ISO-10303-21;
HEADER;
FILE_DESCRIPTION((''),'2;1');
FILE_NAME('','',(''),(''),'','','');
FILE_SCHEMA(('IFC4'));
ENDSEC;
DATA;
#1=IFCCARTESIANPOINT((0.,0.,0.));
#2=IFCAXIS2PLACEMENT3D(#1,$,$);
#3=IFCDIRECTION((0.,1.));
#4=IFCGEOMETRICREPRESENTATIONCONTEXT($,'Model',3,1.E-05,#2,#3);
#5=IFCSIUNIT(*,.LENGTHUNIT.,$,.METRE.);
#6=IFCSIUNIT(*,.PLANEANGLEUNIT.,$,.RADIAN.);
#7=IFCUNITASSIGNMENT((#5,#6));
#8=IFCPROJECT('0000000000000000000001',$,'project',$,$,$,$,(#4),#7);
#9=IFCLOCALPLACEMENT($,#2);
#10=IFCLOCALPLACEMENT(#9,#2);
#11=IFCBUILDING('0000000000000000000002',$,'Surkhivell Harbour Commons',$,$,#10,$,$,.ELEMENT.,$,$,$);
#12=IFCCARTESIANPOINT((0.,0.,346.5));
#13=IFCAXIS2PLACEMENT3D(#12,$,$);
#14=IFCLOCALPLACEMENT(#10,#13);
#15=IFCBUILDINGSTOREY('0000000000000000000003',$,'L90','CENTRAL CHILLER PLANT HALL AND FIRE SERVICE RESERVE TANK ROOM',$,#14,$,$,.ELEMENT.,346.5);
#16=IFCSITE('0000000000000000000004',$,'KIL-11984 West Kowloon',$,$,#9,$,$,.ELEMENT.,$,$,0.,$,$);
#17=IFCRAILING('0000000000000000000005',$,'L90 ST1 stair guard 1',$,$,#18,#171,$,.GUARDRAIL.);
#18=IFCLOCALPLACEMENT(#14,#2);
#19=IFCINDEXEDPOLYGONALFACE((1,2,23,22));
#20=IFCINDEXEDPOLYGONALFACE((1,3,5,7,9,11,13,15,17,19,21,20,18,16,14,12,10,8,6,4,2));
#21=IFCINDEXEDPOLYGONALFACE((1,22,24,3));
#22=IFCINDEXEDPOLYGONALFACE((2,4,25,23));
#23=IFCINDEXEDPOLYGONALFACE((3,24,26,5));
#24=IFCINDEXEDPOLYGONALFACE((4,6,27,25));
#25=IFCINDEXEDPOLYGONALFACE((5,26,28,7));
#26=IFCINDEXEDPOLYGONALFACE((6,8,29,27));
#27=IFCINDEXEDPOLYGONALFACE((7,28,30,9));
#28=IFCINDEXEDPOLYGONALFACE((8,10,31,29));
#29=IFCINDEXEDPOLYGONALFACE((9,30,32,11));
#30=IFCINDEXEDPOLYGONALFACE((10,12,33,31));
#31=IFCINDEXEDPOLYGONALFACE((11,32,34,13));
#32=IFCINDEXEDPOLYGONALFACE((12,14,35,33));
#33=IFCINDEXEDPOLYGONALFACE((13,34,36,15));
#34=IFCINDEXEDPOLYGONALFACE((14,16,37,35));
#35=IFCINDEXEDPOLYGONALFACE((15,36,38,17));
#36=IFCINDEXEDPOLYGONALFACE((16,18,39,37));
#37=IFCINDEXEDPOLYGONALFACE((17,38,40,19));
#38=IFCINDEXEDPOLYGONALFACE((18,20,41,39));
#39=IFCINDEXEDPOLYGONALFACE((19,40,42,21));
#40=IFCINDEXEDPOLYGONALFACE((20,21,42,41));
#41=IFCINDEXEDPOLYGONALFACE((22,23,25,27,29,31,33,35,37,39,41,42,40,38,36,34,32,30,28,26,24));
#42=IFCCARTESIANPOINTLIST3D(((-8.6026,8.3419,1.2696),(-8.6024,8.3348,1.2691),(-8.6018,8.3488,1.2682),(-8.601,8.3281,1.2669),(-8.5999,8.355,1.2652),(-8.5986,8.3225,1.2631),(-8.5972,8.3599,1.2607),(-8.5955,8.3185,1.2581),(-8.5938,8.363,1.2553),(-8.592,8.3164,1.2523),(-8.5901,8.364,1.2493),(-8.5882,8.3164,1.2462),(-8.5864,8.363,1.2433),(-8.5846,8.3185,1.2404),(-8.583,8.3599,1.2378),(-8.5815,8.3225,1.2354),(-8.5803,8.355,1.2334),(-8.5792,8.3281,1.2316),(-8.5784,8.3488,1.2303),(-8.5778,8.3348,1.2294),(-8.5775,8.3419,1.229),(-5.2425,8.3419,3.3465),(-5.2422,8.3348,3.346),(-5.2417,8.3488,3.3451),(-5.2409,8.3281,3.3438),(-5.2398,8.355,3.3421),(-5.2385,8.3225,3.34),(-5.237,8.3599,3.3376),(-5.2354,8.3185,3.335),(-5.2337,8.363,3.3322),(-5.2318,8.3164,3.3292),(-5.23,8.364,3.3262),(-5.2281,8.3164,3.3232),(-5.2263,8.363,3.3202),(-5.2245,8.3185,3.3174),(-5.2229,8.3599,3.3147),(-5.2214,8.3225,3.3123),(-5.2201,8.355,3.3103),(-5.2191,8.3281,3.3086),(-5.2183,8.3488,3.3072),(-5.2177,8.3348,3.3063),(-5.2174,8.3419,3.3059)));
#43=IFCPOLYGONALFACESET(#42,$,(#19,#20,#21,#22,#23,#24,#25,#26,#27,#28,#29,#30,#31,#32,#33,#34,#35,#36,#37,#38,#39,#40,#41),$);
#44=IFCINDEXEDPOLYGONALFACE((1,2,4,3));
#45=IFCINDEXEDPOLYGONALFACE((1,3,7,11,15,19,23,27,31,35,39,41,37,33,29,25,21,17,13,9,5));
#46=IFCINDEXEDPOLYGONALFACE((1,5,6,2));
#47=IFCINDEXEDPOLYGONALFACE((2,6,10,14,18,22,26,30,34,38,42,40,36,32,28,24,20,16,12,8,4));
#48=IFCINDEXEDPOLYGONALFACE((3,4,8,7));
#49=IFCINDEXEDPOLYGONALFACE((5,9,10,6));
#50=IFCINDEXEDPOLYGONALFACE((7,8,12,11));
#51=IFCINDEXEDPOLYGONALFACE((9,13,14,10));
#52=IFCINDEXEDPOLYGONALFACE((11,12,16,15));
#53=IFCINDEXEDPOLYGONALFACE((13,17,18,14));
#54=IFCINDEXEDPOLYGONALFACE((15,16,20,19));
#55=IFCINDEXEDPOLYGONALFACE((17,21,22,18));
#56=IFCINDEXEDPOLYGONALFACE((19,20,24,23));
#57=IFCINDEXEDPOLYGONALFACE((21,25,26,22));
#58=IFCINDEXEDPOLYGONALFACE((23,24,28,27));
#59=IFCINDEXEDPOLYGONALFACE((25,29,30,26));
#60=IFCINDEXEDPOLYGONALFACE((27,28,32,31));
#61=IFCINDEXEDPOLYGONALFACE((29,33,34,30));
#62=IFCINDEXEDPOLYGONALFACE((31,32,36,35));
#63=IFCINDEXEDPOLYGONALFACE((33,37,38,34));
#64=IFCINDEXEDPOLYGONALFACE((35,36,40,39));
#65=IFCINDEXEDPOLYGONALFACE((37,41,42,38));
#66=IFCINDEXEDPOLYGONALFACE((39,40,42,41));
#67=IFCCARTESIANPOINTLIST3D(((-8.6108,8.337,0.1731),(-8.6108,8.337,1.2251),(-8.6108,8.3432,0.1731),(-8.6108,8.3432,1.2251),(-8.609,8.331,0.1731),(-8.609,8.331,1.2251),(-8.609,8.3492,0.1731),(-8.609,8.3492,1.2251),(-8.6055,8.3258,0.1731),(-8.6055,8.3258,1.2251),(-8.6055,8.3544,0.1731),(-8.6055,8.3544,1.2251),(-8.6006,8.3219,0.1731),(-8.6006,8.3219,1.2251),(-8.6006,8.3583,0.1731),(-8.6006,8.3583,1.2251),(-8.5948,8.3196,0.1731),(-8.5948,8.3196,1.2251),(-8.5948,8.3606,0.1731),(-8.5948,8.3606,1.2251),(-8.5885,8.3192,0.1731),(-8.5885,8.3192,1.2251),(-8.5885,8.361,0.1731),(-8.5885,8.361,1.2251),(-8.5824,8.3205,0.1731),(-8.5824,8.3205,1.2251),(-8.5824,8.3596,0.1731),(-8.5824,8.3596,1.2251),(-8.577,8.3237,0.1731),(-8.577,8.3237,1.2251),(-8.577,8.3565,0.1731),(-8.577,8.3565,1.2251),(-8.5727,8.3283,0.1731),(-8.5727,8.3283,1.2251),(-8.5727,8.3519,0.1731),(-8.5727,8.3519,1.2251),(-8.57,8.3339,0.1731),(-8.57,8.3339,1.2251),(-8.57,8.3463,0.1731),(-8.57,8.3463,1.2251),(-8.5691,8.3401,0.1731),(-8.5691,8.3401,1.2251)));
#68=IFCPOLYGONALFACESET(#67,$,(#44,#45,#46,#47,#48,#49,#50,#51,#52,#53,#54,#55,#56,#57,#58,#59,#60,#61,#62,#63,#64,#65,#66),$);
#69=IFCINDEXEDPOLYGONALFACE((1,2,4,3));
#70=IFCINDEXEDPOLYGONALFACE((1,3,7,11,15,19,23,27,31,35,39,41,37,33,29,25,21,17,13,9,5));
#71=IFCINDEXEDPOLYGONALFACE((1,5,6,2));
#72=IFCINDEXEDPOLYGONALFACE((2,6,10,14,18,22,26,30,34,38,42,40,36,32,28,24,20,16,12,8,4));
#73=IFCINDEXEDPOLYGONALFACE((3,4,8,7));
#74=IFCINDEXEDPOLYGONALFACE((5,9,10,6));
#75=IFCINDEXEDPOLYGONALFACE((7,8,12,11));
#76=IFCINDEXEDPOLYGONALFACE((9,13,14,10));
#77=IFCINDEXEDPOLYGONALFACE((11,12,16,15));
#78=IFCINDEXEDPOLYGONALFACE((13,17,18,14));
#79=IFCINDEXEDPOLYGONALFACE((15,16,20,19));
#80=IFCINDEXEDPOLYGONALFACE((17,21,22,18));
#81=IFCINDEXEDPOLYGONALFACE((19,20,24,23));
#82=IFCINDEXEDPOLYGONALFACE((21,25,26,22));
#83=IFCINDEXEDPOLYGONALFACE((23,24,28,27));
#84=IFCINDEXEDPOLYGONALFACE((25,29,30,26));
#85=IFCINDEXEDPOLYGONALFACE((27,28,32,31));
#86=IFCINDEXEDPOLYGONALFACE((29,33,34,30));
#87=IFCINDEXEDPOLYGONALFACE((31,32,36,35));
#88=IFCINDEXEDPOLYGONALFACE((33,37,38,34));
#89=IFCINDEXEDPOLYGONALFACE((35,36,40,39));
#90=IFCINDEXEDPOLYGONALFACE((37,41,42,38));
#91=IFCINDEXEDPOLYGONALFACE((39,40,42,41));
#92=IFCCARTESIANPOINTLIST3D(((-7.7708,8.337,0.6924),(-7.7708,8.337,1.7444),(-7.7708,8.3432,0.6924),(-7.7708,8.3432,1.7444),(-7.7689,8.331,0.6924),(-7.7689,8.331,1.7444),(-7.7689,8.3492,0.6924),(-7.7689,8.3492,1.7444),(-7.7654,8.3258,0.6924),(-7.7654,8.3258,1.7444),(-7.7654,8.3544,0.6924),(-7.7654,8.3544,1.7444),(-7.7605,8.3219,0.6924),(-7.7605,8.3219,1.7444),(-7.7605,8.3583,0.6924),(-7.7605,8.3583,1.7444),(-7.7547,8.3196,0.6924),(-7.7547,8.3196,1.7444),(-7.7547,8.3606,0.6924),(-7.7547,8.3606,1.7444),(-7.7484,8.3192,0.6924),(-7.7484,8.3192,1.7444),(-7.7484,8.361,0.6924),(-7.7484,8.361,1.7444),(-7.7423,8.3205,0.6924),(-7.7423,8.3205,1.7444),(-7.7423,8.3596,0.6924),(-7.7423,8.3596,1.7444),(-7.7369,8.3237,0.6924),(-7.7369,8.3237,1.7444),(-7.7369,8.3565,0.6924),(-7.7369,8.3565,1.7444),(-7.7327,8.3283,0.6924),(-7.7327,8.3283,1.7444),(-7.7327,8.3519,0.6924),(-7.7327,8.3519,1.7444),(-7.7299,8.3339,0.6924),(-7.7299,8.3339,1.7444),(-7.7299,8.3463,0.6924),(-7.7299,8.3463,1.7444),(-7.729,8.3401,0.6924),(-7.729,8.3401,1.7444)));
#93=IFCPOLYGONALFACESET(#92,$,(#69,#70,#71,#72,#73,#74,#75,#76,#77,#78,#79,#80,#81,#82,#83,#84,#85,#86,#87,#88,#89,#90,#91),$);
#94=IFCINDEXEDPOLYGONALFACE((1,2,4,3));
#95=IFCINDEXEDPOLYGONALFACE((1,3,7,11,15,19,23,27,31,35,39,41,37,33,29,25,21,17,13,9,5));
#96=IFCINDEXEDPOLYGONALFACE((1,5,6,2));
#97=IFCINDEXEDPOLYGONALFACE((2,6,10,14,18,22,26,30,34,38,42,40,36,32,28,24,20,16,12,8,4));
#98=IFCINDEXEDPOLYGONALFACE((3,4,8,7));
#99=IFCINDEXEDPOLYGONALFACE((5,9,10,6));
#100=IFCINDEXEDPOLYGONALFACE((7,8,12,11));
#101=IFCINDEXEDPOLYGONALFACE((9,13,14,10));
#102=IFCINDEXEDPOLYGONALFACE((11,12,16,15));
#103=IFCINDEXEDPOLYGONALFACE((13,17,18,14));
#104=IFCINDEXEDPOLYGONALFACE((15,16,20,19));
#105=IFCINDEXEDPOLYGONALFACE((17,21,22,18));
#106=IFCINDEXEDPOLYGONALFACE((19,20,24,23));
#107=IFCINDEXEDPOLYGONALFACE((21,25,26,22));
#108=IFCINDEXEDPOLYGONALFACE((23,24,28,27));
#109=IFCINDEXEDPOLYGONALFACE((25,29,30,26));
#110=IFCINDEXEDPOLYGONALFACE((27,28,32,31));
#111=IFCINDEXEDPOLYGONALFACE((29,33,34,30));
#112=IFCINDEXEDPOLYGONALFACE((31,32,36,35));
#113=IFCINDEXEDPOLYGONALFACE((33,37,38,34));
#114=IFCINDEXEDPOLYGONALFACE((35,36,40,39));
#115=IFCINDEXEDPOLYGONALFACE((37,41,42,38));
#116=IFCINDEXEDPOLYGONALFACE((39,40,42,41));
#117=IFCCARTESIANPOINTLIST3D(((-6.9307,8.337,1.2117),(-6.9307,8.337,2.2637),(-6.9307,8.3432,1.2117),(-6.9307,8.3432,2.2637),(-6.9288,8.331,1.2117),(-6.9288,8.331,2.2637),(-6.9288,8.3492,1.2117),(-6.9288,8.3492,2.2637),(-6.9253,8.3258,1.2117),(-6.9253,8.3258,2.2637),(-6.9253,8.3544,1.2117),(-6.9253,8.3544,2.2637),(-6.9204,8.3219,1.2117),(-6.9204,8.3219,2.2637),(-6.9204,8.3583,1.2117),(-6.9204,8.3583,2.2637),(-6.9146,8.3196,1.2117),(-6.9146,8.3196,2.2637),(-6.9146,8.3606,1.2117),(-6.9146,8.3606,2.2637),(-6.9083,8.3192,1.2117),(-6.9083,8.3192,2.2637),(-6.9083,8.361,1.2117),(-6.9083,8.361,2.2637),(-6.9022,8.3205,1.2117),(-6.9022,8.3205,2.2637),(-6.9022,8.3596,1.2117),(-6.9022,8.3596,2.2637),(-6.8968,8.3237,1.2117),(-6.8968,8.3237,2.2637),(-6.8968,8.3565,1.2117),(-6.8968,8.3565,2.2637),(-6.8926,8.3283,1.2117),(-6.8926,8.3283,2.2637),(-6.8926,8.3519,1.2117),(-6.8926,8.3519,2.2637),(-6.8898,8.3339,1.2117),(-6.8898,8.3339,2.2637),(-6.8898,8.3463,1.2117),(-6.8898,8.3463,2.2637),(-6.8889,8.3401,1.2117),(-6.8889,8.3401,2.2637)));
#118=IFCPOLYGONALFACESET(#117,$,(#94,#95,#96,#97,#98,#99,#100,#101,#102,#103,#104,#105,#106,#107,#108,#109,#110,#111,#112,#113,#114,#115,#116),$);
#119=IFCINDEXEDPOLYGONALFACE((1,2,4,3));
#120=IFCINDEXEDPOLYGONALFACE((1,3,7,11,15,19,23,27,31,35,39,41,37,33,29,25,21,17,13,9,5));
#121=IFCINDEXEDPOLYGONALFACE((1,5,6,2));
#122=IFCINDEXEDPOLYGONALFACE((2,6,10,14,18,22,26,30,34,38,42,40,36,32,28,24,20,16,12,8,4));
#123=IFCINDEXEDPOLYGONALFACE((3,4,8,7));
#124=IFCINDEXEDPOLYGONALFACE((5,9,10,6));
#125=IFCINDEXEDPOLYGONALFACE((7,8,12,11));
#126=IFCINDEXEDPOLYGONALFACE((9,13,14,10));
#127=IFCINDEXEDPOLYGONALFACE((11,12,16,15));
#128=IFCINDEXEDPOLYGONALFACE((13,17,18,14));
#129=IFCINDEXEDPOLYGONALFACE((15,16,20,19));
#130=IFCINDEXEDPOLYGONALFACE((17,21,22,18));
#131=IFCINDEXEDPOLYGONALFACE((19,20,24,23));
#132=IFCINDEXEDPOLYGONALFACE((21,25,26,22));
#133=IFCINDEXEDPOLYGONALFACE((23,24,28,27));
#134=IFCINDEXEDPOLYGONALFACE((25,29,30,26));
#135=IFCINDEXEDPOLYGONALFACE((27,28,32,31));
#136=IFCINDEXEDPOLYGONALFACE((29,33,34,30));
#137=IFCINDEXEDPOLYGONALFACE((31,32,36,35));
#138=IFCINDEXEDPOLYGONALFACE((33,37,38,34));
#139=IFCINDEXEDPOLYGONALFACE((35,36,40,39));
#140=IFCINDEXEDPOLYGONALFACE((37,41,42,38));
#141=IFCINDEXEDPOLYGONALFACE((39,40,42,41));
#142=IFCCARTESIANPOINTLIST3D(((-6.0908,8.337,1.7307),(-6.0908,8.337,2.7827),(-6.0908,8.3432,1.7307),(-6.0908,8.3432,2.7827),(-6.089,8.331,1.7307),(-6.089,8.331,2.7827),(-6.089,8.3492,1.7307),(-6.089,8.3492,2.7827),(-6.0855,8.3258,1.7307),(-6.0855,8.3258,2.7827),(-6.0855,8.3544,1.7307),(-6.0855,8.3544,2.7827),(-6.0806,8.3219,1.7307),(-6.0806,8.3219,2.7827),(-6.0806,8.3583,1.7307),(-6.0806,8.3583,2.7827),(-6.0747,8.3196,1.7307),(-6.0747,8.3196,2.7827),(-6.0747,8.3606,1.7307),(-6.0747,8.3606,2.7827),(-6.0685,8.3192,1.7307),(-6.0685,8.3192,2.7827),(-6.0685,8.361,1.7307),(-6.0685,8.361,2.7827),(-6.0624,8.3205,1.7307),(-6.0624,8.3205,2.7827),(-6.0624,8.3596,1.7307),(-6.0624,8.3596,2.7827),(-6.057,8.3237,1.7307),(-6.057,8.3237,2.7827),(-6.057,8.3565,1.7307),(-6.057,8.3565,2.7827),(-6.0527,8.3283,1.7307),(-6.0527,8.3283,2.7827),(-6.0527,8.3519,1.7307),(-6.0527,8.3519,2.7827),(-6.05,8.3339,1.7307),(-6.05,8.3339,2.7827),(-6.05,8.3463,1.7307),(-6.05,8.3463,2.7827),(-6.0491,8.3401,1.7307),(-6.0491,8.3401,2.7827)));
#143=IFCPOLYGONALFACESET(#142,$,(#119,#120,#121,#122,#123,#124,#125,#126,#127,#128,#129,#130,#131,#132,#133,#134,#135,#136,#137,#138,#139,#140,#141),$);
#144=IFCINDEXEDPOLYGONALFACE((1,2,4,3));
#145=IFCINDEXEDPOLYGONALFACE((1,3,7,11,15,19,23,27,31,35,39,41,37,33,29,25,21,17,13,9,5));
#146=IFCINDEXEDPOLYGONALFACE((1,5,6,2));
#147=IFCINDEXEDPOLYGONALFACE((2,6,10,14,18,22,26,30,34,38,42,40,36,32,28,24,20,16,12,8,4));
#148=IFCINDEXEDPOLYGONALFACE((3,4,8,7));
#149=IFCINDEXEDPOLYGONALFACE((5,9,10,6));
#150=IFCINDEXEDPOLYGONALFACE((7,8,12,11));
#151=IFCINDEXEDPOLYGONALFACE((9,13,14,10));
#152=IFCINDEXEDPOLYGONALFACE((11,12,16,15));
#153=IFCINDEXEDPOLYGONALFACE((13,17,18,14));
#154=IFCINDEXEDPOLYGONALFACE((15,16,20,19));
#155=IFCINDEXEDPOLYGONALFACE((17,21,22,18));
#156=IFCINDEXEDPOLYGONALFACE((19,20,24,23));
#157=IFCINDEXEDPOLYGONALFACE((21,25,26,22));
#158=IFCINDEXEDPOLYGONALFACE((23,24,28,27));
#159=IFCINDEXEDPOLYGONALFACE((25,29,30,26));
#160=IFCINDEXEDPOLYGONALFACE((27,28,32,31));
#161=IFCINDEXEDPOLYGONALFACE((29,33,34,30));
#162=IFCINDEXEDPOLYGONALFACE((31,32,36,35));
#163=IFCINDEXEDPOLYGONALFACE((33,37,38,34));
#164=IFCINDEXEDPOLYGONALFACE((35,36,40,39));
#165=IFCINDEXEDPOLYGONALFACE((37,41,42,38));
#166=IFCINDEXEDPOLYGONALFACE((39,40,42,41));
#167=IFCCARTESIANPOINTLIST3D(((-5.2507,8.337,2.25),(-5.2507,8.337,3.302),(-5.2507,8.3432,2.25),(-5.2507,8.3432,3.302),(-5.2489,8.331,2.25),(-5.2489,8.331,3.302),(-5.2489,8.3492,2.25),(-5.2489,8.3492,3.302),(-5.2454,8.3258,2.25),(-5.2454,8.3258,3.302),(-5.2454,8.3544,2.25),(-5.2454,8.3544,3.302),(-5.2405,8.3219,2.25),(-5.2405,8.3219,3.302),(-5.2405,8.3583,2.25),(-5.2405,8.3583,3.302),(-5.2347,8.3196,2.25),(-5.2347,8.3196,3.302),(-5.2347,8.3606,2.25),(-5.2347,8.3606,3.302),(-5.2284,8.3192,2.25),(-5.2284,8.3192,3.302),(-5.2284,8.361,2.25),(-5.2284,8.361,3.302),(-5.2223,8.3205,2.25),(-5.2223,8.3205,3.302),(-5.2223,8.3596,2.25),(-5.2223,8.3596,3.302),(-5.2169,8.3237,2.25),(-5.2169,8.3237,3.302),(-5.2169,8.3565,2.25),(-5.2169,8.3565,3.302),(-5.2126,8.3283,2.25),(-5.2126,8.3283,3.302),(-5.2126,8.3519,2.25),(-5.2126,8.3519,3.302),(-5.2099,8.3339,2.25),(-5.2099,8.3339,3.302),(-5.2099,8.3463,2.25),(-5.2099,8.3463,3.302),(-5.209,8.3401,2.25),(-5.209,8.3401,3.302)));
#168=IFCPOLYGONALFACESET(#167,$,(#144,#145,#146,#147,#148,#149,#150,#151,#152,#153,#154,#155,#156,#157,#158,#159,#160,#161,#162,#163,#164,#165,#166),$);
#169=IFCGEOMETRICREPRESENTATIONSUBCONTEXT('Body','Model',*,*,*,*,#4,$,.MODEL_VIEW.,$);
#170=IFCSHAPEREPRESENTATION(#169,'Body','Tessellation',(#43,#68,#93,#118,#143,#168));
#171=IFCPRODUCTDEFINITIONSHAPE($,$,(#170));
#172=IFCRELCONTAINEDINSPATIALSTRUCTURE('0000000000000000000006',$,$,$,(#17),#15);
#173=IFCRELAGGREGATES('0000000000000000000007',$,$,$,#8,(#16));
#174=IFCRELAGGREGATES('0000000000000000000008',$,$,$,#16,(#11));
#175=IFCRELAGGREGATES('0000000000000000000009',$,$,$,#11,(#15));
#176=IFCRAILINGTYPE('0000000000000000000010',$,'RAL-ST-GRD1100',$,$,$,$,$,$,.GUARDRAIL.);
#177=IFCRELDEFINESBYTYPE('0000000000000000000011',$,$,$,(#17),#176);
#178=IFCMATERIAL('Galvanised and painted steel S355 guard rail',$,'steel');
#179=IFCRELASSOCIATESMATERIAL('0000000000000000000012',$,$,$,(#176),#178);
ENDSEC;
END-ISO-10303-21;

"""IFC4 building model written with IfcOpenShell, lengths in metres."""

from ifc_helpers import new_model, si_unit, direction, frame, origin, origin_2d, place, context, subcontext, project, spatial, circle, extrude, material, type_object, element, save


model = new_model("IFC4")

# Units and contexts
model_context = context("Model", 3, precision=1e-05, world=origin(), true_north=direction((0.0, 1.0)))
body_context = subcontext(model_context, "Body", "Model", "MODEL_VIEW")
ifc_project = project(units=[si_unit("LENGTHUNIT", "METRE"), si_unit("PLANEANGLEUNIT", "RADIAN")], contexts=[model_context])

# Site, building, storey
site_placement = place(None, origin())
site = spatial("IfcSite", under=ifc_project, at=site_placement, Name="KIL-11984 West Kowloon", CompositionType="ELEMENT", RefElevation=0.0)
building_placement = place(site_placement, origin())
building = spatial("IfcBuilding", under=site, at=building_placement, Name="Surkhivell Harbour Commons", CompositionType="ELEMENT")
storey_placement = place(building_placement, frame((0.0, 0.0, 346.5)))
storey = spatial("IfcBuildingStorey", under=building, at=storey_placement, Name="L90", Description="CENTRAL CHILLER PLANT HALL AND FIRE SERVICE RESERVE TANK ROOM", CompositionType="ELEMENT", Elevation=346.5)

# Railing
ifc_material_1 = material(Name="Galvanised and painted steel S355 guard rail", Category="steel")
railing_type_1 = type_object("IfcRailingType", Name="RAL-ST-GRD1100", PredefinedType="GUARDRAIL", material=ifc_material_1)
railing_1_placement = place(storey_placement, frame((-8.5901, 8.3401, 0.1731)))
element("IfcRailing", 1, at=railing_1_placement, inside=storey, type_object=railing_type_1, Name="L90 ST1 stair guard 1", PredefinedType="GUARDRAIL", context=body_context, shape_type="SweptSolid", body=[
    extrude(circle(Radius=0.0239, at=origin_2d()), frame((0.0, 0.0, 1.0762), z_axis=(0.850623, 0.0, 0.525776), x_axis=(0.0, 1.0, 0.0)), (0.0, 0.0, 1.0), 3.9502),
    extrude(circle(Radius=0.021, at=origin_2d()), origin(), (0.0, 0.0, 1.0), 1.052),
    extrude(circle(Radius=0.021, at=origin_2d()), frame((0.8401, 0.0, 0.5193)), (0.0, 0.0, 1.0), 1.052),
    extrude(circle(Radius=0.021, at=origin_2d()), frame((1.6802, 0.0, 1.0386)), (0.0, 0.0, 1.0), 1.052),
    extrude(circle(Radius=0.021, at=origin_2d()), frame((2.52, 0.0, 1.5576)), (0.0, 0.0, 1.0), 1.052),
    extrude(circle(Radius=0.021, at=origin_2d()), frame((3.3601, 0.0, 2.0769)), (0.0, 0.0, 1.0), 1.052),
])

save(model, "model.ifc")
